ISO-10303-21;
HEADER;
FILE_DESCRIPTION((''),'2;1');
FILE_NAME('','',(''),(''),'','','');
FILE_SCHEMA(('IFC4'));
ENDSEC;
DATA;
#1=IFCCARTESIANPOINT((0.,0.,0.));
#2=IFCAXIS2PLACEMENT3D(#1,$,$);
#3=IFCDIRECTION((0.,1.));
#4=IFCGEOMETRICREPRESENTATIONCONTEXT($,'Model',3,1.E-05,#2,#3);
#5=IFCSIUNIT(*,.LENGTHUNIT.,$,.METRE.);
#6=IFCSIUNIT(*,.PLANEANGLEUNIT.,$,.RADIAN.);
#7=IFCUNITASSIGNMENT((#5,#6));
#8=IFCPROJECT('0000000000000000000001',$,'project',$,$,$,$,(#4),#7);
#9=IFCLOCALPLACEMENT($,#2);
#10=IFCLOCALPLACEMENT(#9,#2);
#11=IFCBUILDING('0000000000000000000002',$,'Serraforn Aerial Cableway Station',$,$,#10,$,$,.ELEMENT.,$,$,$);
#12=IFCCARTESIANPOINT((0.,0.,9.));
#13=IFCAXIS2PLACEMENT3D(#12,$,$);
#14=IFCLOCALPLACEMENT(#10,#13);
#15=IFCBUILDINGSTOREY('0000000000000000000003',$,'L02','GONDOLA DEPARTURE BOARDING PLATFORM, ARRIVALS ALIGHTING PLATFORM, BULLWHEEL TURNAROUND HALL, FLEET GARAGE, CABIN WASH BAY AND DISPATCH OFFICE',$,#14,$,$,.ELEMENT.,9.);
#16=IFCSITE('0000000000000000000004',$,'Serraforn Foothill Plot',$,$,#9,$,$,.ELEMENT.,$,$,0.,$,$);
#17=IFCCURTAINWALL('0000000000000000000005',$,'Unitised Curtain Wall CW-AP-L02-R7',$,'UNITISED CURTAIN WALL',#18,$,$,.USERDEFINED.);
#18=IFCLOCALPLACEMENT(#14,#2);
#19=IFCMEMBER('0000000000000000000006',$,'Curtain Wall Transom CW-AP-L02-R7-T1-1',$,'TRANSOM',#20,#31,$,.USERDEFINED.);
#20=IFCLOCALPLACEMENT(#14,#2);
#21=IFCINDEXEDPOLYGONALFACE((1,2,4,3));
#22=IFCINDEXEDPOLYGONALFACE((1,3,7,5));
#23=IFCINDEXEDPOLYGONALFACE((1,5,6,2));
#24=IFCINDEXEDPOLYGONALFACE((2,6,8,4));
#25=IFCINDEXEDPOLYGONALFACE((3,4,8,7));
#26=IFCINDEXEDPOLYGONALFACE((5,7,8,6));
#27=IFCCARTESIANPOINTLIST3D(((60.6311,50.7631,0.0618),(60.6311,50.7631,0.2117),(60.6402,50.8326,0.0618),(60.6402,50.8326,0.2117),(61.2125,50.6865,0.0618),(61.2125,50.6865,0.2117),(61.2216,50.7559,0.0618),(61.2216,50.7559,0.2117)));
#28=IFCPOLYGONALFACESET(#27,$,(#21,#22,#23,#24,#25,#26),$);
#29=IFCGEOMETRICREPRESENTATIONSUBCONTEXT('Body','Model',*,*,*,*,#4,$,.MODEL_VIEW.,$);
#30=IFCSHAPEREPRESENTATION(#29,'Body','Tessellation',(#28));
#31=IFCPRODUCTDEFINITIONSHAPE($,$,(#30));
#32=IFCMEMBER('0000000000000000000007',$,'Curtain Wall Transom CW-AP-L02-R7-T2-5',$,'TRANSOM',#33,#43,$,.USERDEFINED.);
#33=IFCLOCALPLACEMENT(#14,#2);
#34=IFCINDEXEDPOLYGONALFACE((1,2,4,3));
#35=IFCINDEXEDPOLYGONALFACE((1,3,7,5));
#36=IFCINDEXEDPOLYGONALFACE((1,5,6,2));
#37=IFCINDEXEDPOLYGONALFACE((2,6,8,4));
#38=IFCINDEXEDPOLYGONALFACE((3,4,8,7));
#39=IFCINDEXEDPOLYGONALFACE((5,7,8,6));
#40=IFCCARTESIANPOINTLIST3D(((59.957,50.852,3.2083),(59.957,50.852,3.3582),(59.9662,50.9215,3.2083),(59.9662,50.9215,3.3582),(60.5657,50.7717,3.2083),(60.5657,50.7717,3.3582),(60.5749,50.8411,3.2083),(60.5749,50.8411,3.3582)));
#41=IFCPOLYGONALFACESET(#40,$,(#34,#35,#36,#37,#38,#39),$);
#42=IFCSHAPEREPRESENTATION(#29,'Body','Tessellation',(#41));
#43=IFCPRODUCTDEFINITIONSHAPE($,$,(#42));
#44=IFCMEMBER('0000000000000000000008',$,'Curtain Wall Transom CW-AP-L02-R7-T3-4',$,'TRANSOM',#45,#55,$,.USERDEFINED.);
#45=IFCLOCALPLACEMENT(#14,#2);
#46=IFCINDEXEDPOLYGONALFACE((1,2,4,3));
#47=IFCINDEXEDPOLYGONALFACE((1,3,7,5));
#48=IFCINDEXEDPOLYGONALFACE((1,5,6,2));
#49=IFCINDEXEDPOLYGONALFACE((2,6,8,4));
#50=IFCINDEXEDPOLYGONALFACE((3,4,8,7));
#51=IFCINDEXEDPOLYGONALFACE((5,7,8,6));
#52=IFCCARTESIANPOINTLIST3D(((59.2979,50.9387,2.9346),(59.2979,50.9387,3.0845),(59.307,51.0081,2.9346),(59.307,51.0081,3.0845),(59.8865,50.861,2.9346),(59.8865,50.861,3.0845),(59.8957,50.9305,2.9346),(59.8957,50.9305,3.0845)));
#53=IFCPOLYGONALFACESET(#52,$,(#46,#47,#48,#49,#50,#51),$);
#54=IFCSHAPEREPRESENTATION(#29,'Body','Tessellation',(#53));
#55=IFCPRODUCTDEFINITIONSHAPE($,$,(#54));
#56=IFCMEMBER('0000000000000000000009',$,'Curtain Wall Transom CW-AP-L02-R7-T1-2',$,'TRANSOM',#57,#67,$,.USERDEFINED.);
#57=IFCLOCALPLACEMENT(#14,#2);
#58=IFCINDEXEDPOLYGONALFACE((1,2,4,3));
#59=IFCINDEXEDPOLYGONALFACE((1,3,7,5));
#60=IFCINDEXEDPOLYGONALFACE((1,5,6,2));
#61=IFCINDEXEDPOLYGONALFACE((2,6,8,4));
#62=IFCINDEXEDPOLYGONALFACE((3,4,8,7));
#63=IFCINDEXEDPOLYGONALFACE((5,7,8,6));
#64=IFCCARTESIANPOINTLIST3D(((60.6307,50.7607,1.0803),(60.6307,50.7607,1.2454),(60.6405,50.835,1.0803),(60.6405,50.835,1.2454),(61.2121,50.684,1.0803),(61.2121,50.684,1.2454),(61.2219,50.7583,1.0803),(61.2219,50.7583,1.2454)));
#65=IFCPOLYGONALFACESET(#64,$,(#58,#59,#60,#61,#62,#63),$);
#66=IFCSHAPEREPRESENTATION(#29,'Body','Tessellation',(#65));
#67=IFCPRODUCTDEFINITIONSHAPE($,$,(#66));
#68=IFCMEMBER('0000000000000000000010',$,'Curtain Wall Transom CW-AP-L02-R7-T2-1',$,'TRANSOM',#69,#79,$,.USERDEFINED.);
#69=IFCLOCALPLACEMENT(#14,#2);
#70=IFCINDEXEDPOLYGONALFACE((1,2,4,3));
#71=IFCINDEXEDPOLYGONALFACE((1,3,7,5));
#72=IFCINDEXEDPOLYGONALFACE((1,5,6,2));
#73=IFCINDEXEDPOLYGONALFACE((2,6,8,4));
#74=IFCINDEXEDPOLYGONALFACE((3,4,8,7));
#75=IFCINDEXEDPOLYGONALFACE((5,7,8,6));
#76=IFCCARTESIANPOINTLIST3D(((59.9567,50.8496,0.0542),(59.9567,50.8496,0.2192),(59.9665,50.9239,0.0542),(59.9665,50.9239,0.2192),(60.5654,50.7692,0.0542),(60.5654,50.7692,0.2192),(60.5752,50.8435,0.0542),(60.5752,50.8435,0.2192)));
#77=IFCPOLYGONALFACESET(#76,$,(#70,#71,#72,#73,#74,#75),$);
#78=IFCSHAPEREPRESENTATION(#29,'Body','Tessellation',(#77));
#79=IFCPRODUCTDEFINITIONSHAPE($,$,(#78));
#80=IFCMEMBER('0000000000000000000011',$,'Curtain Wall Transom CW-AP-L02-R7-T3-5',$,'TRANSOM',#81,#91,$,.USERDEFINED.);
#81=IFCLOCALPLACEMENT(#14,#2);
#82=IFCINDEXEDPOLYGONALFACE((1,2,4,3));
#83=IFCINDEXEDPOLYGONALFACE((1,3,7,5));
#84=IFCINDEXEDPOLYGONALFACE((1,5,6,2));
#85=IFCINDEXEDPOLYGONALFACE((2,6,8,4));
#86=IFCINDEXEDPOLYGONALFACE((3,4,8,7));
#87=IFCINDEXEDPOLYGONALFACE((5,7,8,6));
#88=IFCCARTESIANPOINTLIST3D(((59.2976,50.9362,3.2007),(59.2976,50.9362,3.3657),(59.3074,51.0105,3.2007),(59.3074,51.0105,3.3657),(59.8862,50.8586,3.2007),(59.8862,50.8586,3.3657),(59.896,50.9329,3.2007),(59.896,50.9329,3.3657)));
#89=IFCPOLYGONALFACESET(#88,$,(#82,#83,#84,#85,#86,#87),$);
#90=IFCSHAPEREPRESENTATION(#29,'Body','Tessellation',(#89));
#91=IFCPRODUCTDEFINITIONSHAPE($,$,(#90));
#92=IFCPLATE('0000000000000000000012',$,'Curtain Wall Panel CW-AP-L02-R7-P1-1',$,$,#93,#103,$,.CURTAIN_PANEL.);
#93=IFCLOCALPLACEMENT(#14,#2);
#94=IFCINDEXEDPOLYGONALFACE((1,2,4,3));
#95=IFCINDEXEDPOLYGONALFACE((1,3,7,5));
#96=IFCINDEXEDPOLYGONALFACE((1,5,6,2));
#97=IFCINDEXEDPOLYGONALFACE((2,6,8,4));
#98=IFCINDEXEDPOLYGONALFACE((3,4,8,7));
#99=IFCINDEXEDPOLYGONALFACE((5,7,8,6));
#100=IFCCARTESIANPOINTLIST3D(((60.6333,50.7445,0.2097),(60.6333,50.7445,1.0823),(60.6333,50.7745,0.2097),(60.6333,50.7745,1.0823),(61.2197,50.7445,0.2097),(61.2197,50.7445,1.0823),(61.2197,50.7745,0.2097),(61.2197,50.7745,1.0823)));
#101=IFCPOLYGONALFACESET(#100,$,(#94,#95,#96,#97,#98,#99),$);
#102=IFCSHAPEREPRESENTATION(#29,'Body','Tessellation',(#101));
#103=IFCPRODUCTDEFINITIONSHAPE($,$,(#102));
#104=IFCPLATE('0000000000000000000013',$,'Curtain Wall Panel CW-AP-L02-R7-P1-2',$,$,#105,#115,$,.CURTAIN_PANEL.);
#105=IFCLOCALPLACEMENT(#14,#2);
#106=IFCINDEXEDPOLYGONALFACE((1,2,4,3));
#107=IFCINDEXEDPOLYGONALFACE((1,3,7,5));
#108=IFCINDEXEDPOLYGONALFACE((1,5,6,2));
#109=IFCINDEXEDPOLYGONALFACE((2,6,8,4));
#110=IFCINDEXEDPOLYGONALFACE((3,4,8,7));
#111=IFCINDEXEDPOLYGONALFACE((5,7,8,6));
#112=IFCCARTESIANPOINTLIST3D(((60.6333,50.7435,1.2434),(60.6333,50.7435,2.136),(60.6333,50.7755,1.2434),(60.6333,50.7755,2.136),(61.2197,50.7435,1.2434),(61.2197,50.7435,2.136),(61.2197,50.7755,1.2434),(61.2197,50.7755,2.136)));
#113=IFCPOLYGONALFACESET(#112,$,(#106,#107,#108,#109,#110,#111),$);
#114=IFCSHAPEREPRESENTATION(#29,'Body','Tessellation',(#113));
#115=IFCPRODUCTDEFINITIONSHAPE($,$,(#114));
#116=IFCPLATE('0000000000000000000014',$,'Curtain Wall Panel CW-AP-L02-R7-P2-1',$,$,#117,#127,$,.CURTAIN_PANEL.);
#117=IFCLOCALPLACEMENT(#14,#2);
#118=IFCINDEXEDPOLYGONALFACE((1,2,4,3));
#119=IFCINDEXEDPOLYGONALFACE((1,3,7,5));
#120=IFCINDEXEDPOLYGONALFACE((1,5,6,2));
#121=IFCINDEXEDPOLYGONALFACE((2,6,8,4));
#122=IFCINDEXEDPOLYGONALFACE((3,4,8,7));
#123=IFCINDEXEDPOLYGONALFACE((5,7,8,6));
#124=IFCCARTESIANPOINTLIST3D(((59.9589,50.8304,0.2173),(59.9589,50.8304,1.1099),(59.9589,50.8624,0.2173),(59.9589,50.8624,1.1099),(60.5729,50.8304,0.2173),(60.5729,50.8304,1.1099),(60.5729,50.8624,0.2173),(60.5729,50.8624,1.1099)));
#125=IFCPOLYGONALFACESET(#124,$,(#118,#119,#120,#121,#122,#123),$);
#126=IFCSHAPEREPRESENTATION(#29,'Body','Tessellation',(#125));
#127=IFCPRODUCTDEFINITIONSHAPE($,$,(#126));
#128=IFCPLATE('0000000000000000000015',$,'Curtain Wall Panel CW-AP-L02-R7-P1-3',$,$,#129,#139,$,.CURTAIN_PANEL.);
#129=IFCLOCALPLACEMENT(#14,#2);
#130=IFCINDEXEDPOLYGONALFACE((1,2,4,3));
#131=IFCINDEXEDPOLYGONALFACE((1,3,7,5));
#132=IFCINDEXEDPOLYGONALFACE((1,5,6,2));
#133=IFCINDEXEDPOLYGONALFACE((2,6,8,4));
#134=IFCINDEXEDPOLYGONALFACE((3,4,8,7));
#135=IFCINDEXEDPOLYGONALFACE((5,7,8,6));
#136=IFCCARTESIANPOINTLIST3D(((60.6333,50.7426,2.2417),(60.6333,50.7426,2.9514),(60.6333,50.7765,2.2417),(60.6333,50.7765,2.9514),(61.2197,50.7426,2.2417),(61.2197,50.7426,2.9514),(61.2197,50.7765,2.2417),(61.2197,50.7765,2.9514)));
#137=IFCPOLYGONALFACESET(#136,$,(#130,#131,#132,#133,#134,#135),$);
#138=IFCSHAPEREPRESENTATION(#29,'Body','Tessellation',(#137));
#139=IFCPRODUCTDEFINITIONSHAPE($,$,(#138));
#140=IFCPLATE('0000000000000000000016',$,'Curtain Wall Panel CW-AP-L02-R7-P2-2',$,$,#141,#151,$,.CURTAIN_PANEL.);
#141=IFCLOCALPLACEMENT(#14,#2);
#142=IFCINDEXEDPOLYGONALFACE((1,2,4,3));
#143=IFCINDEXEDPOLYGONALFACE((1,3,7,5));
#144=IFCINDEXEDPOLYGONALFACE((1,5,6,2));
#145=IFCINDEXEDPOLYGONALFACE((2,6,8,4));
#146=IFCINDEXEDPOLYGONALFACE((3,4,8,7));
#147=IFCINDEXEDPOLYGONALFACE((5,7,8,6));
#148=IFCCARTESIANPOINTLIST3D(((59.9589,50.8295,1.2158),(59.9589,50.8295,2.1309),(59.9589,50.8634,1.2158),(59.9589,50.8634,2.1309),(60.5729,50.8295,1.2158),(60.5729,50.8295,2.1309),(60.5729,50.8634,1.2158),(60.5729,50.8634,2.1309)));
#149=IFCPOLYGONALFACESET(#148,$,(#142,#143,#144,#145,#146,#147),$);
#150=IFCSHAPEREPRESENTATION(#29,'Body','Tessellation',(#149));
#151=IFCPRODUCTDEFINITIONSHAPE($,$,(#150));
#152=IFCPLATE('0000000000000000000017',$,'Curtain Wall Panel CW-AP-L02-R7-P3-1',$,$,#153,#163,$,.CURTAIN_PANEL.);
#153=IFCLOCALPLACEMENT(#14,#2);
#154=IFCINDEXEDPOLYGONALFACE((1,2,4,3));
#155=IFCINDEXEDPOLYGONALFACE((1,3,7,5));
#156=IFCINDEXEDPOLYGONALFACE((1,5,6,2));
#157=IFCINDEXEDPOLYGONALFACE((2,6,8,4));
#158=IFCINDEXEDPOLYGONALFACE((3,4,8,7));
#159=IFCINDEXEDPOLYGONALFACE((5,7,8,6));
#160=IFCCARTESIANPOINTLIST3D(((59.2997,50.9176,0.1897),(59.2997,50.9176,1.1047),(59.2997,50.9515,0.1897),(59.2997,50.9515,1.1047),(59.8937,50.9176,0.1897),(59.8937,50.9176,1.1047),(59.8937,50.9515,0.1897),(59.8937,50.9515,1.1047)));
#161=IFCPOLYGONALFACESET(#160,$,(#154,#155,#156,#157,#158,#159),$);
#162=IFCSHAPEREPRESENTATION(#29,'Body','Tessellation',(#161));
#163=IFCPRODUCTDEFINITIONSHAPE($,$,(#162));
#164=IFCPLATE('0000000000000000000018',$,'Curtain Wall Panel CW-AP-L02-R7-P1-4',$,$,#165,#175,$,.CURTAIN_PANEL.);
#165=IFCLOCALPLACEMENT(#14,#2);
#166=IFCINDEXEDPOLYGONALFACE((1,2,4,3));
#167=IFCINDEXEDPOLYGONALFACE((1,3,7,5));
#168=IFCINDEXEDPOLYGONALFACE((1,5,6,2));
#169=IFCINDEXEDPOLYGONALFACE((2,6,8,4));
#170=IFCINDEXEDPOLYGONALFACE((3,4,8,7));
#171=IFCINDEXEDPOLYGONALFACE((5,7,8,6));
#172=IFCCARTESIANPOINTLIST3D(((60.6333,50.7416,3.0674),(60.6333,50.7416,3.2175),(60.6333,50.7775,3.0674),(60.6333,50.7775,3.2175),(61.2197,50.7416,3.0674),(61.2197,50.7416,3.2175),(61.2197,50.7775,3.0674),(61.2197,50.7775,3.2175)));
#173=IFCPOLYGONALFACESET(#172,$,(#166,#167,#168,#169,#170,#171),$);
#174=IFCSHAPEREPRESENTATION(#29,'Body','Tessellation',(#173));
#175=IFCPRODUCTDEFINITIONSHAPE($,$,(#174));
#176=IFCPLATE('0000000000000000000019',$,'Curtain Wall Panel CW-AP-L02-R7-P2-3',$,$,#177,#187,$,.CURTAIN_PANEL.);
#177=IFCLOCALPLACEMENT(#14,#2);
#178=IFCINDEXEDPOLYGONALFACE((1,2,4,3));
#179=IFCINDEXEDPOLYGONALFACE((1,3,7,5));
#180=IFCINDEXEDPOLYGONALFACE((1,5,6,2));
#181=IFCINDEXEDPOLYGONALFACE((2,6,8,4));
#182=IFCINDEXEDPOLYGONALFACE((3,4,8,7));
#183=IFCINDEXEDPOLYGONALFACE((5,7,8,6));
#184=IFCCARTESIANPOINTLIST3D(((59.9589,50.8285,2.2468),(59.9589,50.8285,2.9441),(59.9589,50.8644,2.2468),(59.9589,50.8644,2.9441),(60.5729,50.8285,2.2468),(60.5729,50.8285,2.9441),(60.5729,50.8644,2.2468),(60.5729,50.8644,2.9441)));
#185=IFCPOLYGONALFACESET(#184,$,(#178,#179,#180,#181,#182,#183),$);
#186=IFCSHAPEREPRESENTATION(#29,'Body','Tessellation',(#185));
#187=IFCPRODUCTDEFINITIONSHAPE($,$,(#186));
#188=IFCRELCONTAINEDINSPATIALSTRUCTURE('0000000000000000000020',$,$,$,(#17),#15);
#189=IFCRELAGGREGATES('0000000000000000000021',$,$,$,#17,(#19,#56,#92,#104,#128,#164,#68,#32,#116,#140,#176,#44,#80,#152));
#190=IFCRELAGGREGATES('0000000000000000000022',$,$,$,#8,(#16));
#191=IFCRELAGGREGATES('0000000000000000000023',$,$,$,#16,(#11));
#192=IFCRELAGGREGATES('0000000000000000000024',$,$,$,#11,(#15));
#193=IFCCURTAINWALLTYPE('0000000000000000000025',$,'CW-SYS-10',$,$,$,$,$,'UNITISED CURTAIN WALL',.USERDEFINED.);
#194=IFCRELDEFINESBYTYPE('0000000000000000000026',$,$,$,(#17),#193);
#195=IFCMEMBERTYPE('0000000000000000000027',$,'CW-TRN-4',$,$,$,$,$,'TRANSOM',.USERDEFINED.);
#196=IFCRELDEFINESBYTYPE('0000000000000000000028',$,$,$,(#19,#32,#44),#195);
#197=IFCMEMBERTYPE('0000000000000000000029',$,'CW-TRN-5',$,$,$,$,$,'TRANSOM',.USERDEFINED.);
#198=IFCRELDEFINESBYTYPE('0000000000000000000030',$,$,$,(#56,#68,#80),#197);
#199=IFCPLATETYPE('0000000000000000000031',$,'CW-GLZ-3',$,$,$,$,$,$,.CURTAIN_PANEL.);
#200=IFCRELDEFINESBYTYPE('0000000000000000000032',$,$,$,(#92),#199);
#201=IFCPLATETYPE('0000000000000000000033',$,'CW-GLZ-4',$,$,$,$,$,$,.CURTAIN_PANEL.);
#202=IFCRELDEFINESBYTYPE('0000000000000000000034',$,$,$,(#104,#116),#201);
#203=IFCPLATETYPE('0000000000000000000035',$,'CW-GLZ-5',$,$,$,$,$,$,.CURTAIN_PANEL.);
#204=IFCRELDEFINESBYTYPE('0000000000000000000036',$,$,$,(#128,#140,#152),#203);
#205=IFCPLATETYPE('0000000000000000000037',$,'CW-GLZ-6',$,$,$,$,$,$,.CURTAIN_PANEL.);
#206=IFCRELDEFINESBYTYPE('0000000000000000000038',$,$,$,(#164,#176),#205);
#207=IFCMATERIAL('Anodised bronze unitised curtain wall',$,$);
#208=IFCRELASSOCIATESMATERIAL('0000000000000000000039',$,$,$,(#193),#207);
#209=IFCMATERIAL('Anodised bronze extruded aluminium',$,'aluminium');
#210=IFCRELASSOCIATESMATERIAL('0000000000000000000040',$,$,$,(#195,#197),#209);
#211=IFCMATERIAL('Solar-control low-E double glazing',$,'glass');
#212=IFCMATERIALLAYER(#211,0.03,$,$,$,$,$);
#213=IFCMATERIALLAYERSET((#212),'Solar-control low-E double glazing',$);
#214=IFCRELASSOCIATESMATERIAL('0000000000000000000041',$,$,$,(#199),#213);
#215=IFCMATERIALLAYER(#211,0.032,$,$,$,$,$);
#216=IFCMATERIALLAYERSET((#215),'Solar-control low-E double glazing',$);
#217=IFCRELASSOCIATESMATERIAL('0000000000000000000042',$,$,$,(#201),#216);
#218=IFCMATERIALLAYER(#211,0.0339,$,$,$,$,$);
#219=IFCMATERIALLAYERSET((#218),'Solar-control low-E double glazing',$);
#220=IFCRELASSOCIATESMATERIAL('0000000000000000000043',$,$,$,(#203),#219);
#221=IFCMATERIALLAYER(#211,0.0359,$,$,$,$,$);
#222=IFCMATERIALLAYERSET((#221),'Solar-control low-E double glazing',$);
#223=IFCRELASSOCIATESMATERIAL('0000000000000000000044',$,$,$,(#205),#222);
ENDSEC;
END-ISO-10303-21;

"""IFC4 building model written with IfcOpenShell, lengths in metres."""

from ifc_helpers import new_model, si_unit, direction, frame, origin, origin_2d, place, context, subcontext, project, spatial, rectangle, extrude, material, layer, layer_set, material_profile, profile_set, type_object, element, aggregate, save


model = new_model("IFC4")

# Units and contexts
model_context = context("Model", 3, precision=1e-05, world=origin(), true_north=direction((0.0, 1.0)))
body_context = subcontext(model_context, "Body", "Model", "MODEL_VIEW")
ifc_project = project(units=[si_unit("LENGTHUNIT", "METRE"), si_unit("PLANEANGLEUNIT", "RADIAN")], contexts=[model_context])

# Site, building, storey
site_placement = place(None, origin())
site = spatial("IfcSite", under=ifc_project, at=site_placement, Name="Serraforn Foothill Plot", CompositionType="ELEMENT", RefElevation=0.0)
building_placement = place(site_placement, origin())
building = spatial("IfcBuilding", under=site, at=building_placement, Name="Serraforn Aerial Cableway Station", CompositionType="ELEMENT")
storey_placement = place(building_placement, frame((0.0, 0.0, 9.0)))
storey = spatial("IfcBuildingStorey", under=building, at=storey_placement, Name="L02", Description="GONDOLA DEPARTURE BOARDING PLATFORM, ARRIVALS ALIGHTING PLATFORM, BULLWHEEL TURNAROUND HALL, FLEET GARAGE, CABIN WASH BAY AND DISPATCH OFFICE", CompositionType="ELEMENT", Elevation=9.0)

# Curtain wall
ifc_material_1 = material(Name="Anodised bronze unitised curtain wall")
curtain_wall_type_1 = type_object("IfcCurtainWallType", Name="CW-SYS-10", ElementType="UNITISED CURTAIN WALL", PredefinedType="USERDEFINED", material=ifc_material_1)
curtain_wall_1_placement = place(storey_placement, origin())
curtain_wall_1 = element("IfcCurtainWall", 1, at=curtain_wall_1_placement, inside=storey, type_object=curtain_wall_type_1, Name="Unitised Curtain Wall CW-AP-L02-R7", ObjectType="UNITISED CURTAIN WALL", PredefinedType="USERDEFINED")
ifc_material_2 = material(Name="Anodised bronze extruded aluminium", Category="aluminium")

# Members
ifc_material_profile_1 = material_profile(ifc_material_2, rectangle(XDim=0.0701, YDim=0.1499, at=origin_2d()), Name="CW TRANSOM 70x150")
ifc_profile_set_1 = profile_set([ifc_material_profile_1], Name="Anodised bronze extruded aluminium")
member_type_1 = type_object("IfcMemberType", Name="CW-TRN-4", ElementType="TRANSOM", PredefinedType="USERDEFINED", material=ifc_profile_set_1)
member_1_placement = place(storey_placement, frame((61.217, 50.7212, 0.1367), z_axis=(-0.991416, 0.130745, 0.0), x_axis=(-0.130745, -0.991416, 0.0)))
member_1 = element("IfcMember", 2, at=member_1_placement, type_object=member_type_1, Name="Curtain Wall Transom CW-AP-L02-R7-T1-1", ObjectType="TRANSOM", PredefinedType="USERDEFINED", context=body_context, shape_type="SweptSolid", body=[
    extrude(rectangle(XDim=0.0701, YDim=0.1499, at=origin_2d()), origin(), (0.0, 0.0, 1.0), 0.5864),
])
member_2_placement = place(storey_placement, frame((60.5703, 50.8064, 3.2832), z_axis=(-0.991404, 0.130835, 0.0), x_axis=(-0.130835, -0.991404, 0.0)))
member_2 = element("IfcMember", 3, at=member_2_placement, type_object=member_type_1, Name="Curtain Wall Transom CW-AP-L02-R7-T2-5", ObjectType="TRANSOM", PredefinedType="USERDEFINED", context=body_context, shape_type="SweptSolid", body=[
    extrude(rectangle(XDim=0.0701, YDim=0.1499, at=origin_2d()), origin(), (0.0, 0.0, 1.0), 0.614),
])
member_3_placement = place(storey_placement, frame((59.8911, 50.8958, 3.0095), z_axis=(-0.991414, 0.130763, 0.0), x_axis=(-0.130763, -0.991414, 0.0)))
member_3 = element("IfcMember", 4, at=member_3_placement, type_object=member_type_1, Name="Curtain Wall Transom CW-AP-L02-R7-T3-4", ObjectType="TRANSOM", PredefinedType="USERDEFINED", context=body_context, shape_type="SweptSolid", body=[
    extrude(rectangle(XDim=0.0701, YDim=0.1499, at=origin_2d()), origin(), (0.0, 0.0, 1.0), 0.5938),
])
ifc_material_profile_2 = material_profile(ifc_material_2, rectangle(XDim=0.075, YDim=0.165, at=origin_2d()), Name="CW TRANSOM 75x165")
ifc_profile_set_2 = profile_set([ifc_material_profile_2], Name="Anodised bronze extruded aluminium")
member_type_2 = type_object("IfcMemberType", Name="CW-TRN-5", ElementType="TRANSOM", PredefinedType="USERDEFINED", material=ifc_profile_set_2)
member_4_placement = place(storey_placement, frame((61.217, 50.7212, 1.1628), z_axis=(-0.991416, 0.130745, 0.0), x_axis=(-0.130745, -0.991416, 0.0)))
member_4 = element("IfcMember", 5, at=member_4_placement, type_object=member_type_2, Name="Curtain Wall Transom CW-AP-L02-R7-T1-2", ObjectType="TRANSOM", PredefinedType="USERDEFINED", context=body_context, shape_type="SweptSolid", body=[
    extrude(rectangle(XDim=0.075, YDim=0.165, at=origin_2d()), origin(), (0.0, 0.0, 1.0), 0.5864),
])
member_5_placement = place(storey_placement, frame((60.5703, 50.8064, 0.1367), z_axis=(-0.991404, 0.130835, 0.0), x_axis=(-0.130835, -0.991404, 0.0)))
member_5 = element("IfcMember", 6, at=member_5_placement, type_object=member_type_2, Name="Curtain Wall Transom CW-AP-L02-R7-T2-1", ObjectType="TRANSOM", PredefinedType="USERDEFINED", context=body_context, shape_type="SweptSolid", body=[
    extrude(rectangle(XDim=0.075, YDim=0.165, at=origin_2d()), origin(), (0.0, 0.0, 1.0), 0.614),
])
member_6_placement = place(storey_placement, frame((59.8911, 50.8958, 3.2832), z_axis=(-0.991414, 0.130763, 0.0), x_axis=(-0.130763, -0.991414, 0.0)))
member_6 = element("IfcMember", 7, at=member_6_placement, type_object=member_type_2, Name="Curtain Wall Transom CW-AP-L02-R7-T3-5", ObjectType="TRANSOM", PredefinedType="USERDEFINED", context=body_context, shape_type="SweptSolid", body=[
    extrude(rectangle(XDim=0.075, YDim=0.165, at=origin_2d()), origin(), (0.0, 0.0, 1.0), 0.5938),
])

# Plates
ifc_material_3 = material(Name="Solar-control low-E double glazing", Category="glass")
ifc_layer_1 = layer(ifc_material_3, 0.03)
ifc_layer_set_1 = layer_set([ifc_layer_1], Name="Solar-control low-E double glazing")
plate_type_1 = type_object("IfcPlateType", Name="CW-GLZ-3", PredefinedType="CURTAIN_PANEL", material=ifc_layer_set_1)
plate_1_placement = place(storey_placement, frame((60.9265, 50.7595, 0.2097), z_axis=(0.0, 0.0, 1.0), x_axis=(1.0, 0.0, 0.0)))
plate_1 = element("IfcPlate", 8, at=plate_1_placement, type_object=plate_type_1, Name="Curtain Wall Panel CW-AP-L02-R7-P1-1", PredefinedType="CURTAIN_PANEL", context=body_context, shape_type="SweptSolid", body=[
    extrude(rectangle(XDim=0.5864, YDim=0.03, at=origin_2d()), origin(), (0.0, 0.0, 1.0), 0.8726),
])
ifc_layer_2 = layer(ifc_material_3, 0.032)
ifc_layer_set_2 = layer_set([ifc_layer_2], Name="Solar-control low-E double glazing")
plate_type_2 = type_object("IfcPlateType", Name="CW-GLZ-4", PredefinedType="CURTAIN_PANEL", material=ifc_layer_set_2)
plate_2_placement = place(storey_placement, frame((60.9265, 50.7595, 1.2434), z_axis=(0.0, 0.0, 1.0), x_axis=(1.0, 0.0, 0.0)))
plate_2 = element("IfcPlate", 9, at=plate_2_placement, type_object=plate_type_2, Name="Curtain Wall Panel CW-AP-L02-R7-P1-2", PredefinedType="CURTAIN_PANEL", context=body_context, shape_type="SweptSolid", body=[
    extrude(rectangle(XDim=0.5864, YDim=0.032, at=origin_2d()), origin(), (0.0, 0.0, 1.0), 0.8926),
])
plate_3_placement = place(storey_placement, frame((60.2659, 50.8464, 0.2173), z_axis=(0.0, 0.0, 1.0), x_axis=(1.0, 0.0, 0.0)))
plate_3 = element("IfcPlate", 10, at=plate_3_placement, type_object=plate_type_2, Name="Curtain Wall Panel CW-AP-L02-R7-P2-1", PredefinedType="CURTAIN_PANEL", context=body_context, shape_type="SweptSolid", body=[
    extrude(rectangle(XDim=0.614, YDim=0.032, at=origin_2d()), origin(), (0.0, 0.0, 1.0), 0.8926),
])
ifc_layer_3 = layer(ifc_material_3, 0.0339)
ifc_layer_set_3 = layer_set([ifc_layer_3], Name="Solar-control low-E double glazing")
plate_type_3 = type_object("IfcPlateType", Name="CW-GLZ-5", PredefinedType="CURTAIN_PANEL", material=ifc_layer_set_3)
plate_4_placement = place(storey_placement, frame((60.9265, 50.7595, 2.2417), z_axis=(0.0, 0.0, 1.0), x_axis=(1.0, 0.0, 0.0)))
plate_4 = element("IfcPlate", 11, at=plate_4_placement, type_object=plate_type_3, Name="Curtain Wall Panel CW-AP-L02-R7-P1-3", PredefinedType="CURTAIN_PANEL", context=body_context, shape_type="SweptSolid", body=[
    extrude(rectangle(XDim=0.5864, YDim=0.0339, at=origin_2d()), origin(), (0.0, 0.0, 1.0), 0.7097),
])
plate_5_placement = place(storey_placement, frame((60.2659, 50.8464, 1.2158), z_axis=(0.0, 0.0, 1.0), x_axis=(1.0, 0.0, 0.0)))
plate_5 = element("IfcPlate", 12, at=plate_5_placement, type_object=plate_type_3, Name="Curtain Wall Panel CW-AP-L02-R7-P2-2", PredefinedType="CURTAIN_PANEL", context=body_context, shape_type="SweptSolid", body=[
    extrude(rectangle(XDim=0.614, YDim=0.0339, at=origin_2d()), origin(), (0.0, 0.0, 1.0), 0.915),
])
plate_6_placement = place(storey_placement, frame((59.5967, 50.9346, 0.1897), z_axis=(0.0, 0.0, 1.0), x_axis=(1.0, 0.0, 0.0)))
plate_6 = element("IfcPlate", 13, at=plate_6_placement, type_object=plate_type_3, Name="Curtain Wall Panel CW-AP-L02-R7-P3-1", PredefinedType="CURTAIN_PANEL", context=body_context, shape_type="SweptSolid", body=[
    extrude(rectangle(XDim=0.594, YDim=0.0339, at=origin_2d()), origin(), (0.0, 0.0, 1.0), 0.915),
])
ifc_layer_4 = layer(ifc_material_3, 0.0359)
ifc_layer_set_4 = layer_set([ifc_layer_4], Name="Solar-control low-E double glazing")
plate_type_4 = type_object("IfcPlateType", Name="CW-GLZ-6", PredefinedType="CURTAIN_PANEL", material=ifc_layer_set_4)
plate_7_placement = place(storey_placement, frame((60.9265, 50.7595, 3.0674), z_axis=(0.0, 0.0, 1.0), x_axis=(1.0, 0.0, 0.0)))
plate_7 = element("IfcPlate", 14, at=plate_7_placement, type_object=plate_type_4, Name="Curtain Wall Panel CW-AP-L02-R7-P1-4", PredefinedType="CURTAIN_PANEL", context=body_context, shape_type="SweptSolid", body=[
    extrude(rectangle(XDim=0.5864, YDim=0.0359, at=origin_2d()), origin(), (0.0, 0.0, 1.0), 0.1501),
])
plate_8_placement = place(storey_placement, frame((60.2659, 50.8464, 2.2468), z_axis=(0.0, 0.0, 1.0), x_axis=(1.0, 0.0, 0.0)))
plate_8 = element("IfcPlate", 15, at=plate_8_placement, type_object=plate_type_4, Name="Curtain Wall Panel CW-AP-L02-R7-P2-3", PredefinedType="CURTAIN_PANEL", context=body_context, shape_type="SweptSolid", body=[
    extrude(rectangle(XDim=0.614, YDim=0.0359, at=origin_2d()), origin(), (0.0, 0.0, 1.0), 0.6973),
])
aggregate(curtain_wall_1, [member_1, member_4, plate_1, plate_2, plate_4, plate_7, member_5, member_2, plate_3, plate_5, plate_8, member_3, member_6, plate_6])

save(model, "model.ifc")
